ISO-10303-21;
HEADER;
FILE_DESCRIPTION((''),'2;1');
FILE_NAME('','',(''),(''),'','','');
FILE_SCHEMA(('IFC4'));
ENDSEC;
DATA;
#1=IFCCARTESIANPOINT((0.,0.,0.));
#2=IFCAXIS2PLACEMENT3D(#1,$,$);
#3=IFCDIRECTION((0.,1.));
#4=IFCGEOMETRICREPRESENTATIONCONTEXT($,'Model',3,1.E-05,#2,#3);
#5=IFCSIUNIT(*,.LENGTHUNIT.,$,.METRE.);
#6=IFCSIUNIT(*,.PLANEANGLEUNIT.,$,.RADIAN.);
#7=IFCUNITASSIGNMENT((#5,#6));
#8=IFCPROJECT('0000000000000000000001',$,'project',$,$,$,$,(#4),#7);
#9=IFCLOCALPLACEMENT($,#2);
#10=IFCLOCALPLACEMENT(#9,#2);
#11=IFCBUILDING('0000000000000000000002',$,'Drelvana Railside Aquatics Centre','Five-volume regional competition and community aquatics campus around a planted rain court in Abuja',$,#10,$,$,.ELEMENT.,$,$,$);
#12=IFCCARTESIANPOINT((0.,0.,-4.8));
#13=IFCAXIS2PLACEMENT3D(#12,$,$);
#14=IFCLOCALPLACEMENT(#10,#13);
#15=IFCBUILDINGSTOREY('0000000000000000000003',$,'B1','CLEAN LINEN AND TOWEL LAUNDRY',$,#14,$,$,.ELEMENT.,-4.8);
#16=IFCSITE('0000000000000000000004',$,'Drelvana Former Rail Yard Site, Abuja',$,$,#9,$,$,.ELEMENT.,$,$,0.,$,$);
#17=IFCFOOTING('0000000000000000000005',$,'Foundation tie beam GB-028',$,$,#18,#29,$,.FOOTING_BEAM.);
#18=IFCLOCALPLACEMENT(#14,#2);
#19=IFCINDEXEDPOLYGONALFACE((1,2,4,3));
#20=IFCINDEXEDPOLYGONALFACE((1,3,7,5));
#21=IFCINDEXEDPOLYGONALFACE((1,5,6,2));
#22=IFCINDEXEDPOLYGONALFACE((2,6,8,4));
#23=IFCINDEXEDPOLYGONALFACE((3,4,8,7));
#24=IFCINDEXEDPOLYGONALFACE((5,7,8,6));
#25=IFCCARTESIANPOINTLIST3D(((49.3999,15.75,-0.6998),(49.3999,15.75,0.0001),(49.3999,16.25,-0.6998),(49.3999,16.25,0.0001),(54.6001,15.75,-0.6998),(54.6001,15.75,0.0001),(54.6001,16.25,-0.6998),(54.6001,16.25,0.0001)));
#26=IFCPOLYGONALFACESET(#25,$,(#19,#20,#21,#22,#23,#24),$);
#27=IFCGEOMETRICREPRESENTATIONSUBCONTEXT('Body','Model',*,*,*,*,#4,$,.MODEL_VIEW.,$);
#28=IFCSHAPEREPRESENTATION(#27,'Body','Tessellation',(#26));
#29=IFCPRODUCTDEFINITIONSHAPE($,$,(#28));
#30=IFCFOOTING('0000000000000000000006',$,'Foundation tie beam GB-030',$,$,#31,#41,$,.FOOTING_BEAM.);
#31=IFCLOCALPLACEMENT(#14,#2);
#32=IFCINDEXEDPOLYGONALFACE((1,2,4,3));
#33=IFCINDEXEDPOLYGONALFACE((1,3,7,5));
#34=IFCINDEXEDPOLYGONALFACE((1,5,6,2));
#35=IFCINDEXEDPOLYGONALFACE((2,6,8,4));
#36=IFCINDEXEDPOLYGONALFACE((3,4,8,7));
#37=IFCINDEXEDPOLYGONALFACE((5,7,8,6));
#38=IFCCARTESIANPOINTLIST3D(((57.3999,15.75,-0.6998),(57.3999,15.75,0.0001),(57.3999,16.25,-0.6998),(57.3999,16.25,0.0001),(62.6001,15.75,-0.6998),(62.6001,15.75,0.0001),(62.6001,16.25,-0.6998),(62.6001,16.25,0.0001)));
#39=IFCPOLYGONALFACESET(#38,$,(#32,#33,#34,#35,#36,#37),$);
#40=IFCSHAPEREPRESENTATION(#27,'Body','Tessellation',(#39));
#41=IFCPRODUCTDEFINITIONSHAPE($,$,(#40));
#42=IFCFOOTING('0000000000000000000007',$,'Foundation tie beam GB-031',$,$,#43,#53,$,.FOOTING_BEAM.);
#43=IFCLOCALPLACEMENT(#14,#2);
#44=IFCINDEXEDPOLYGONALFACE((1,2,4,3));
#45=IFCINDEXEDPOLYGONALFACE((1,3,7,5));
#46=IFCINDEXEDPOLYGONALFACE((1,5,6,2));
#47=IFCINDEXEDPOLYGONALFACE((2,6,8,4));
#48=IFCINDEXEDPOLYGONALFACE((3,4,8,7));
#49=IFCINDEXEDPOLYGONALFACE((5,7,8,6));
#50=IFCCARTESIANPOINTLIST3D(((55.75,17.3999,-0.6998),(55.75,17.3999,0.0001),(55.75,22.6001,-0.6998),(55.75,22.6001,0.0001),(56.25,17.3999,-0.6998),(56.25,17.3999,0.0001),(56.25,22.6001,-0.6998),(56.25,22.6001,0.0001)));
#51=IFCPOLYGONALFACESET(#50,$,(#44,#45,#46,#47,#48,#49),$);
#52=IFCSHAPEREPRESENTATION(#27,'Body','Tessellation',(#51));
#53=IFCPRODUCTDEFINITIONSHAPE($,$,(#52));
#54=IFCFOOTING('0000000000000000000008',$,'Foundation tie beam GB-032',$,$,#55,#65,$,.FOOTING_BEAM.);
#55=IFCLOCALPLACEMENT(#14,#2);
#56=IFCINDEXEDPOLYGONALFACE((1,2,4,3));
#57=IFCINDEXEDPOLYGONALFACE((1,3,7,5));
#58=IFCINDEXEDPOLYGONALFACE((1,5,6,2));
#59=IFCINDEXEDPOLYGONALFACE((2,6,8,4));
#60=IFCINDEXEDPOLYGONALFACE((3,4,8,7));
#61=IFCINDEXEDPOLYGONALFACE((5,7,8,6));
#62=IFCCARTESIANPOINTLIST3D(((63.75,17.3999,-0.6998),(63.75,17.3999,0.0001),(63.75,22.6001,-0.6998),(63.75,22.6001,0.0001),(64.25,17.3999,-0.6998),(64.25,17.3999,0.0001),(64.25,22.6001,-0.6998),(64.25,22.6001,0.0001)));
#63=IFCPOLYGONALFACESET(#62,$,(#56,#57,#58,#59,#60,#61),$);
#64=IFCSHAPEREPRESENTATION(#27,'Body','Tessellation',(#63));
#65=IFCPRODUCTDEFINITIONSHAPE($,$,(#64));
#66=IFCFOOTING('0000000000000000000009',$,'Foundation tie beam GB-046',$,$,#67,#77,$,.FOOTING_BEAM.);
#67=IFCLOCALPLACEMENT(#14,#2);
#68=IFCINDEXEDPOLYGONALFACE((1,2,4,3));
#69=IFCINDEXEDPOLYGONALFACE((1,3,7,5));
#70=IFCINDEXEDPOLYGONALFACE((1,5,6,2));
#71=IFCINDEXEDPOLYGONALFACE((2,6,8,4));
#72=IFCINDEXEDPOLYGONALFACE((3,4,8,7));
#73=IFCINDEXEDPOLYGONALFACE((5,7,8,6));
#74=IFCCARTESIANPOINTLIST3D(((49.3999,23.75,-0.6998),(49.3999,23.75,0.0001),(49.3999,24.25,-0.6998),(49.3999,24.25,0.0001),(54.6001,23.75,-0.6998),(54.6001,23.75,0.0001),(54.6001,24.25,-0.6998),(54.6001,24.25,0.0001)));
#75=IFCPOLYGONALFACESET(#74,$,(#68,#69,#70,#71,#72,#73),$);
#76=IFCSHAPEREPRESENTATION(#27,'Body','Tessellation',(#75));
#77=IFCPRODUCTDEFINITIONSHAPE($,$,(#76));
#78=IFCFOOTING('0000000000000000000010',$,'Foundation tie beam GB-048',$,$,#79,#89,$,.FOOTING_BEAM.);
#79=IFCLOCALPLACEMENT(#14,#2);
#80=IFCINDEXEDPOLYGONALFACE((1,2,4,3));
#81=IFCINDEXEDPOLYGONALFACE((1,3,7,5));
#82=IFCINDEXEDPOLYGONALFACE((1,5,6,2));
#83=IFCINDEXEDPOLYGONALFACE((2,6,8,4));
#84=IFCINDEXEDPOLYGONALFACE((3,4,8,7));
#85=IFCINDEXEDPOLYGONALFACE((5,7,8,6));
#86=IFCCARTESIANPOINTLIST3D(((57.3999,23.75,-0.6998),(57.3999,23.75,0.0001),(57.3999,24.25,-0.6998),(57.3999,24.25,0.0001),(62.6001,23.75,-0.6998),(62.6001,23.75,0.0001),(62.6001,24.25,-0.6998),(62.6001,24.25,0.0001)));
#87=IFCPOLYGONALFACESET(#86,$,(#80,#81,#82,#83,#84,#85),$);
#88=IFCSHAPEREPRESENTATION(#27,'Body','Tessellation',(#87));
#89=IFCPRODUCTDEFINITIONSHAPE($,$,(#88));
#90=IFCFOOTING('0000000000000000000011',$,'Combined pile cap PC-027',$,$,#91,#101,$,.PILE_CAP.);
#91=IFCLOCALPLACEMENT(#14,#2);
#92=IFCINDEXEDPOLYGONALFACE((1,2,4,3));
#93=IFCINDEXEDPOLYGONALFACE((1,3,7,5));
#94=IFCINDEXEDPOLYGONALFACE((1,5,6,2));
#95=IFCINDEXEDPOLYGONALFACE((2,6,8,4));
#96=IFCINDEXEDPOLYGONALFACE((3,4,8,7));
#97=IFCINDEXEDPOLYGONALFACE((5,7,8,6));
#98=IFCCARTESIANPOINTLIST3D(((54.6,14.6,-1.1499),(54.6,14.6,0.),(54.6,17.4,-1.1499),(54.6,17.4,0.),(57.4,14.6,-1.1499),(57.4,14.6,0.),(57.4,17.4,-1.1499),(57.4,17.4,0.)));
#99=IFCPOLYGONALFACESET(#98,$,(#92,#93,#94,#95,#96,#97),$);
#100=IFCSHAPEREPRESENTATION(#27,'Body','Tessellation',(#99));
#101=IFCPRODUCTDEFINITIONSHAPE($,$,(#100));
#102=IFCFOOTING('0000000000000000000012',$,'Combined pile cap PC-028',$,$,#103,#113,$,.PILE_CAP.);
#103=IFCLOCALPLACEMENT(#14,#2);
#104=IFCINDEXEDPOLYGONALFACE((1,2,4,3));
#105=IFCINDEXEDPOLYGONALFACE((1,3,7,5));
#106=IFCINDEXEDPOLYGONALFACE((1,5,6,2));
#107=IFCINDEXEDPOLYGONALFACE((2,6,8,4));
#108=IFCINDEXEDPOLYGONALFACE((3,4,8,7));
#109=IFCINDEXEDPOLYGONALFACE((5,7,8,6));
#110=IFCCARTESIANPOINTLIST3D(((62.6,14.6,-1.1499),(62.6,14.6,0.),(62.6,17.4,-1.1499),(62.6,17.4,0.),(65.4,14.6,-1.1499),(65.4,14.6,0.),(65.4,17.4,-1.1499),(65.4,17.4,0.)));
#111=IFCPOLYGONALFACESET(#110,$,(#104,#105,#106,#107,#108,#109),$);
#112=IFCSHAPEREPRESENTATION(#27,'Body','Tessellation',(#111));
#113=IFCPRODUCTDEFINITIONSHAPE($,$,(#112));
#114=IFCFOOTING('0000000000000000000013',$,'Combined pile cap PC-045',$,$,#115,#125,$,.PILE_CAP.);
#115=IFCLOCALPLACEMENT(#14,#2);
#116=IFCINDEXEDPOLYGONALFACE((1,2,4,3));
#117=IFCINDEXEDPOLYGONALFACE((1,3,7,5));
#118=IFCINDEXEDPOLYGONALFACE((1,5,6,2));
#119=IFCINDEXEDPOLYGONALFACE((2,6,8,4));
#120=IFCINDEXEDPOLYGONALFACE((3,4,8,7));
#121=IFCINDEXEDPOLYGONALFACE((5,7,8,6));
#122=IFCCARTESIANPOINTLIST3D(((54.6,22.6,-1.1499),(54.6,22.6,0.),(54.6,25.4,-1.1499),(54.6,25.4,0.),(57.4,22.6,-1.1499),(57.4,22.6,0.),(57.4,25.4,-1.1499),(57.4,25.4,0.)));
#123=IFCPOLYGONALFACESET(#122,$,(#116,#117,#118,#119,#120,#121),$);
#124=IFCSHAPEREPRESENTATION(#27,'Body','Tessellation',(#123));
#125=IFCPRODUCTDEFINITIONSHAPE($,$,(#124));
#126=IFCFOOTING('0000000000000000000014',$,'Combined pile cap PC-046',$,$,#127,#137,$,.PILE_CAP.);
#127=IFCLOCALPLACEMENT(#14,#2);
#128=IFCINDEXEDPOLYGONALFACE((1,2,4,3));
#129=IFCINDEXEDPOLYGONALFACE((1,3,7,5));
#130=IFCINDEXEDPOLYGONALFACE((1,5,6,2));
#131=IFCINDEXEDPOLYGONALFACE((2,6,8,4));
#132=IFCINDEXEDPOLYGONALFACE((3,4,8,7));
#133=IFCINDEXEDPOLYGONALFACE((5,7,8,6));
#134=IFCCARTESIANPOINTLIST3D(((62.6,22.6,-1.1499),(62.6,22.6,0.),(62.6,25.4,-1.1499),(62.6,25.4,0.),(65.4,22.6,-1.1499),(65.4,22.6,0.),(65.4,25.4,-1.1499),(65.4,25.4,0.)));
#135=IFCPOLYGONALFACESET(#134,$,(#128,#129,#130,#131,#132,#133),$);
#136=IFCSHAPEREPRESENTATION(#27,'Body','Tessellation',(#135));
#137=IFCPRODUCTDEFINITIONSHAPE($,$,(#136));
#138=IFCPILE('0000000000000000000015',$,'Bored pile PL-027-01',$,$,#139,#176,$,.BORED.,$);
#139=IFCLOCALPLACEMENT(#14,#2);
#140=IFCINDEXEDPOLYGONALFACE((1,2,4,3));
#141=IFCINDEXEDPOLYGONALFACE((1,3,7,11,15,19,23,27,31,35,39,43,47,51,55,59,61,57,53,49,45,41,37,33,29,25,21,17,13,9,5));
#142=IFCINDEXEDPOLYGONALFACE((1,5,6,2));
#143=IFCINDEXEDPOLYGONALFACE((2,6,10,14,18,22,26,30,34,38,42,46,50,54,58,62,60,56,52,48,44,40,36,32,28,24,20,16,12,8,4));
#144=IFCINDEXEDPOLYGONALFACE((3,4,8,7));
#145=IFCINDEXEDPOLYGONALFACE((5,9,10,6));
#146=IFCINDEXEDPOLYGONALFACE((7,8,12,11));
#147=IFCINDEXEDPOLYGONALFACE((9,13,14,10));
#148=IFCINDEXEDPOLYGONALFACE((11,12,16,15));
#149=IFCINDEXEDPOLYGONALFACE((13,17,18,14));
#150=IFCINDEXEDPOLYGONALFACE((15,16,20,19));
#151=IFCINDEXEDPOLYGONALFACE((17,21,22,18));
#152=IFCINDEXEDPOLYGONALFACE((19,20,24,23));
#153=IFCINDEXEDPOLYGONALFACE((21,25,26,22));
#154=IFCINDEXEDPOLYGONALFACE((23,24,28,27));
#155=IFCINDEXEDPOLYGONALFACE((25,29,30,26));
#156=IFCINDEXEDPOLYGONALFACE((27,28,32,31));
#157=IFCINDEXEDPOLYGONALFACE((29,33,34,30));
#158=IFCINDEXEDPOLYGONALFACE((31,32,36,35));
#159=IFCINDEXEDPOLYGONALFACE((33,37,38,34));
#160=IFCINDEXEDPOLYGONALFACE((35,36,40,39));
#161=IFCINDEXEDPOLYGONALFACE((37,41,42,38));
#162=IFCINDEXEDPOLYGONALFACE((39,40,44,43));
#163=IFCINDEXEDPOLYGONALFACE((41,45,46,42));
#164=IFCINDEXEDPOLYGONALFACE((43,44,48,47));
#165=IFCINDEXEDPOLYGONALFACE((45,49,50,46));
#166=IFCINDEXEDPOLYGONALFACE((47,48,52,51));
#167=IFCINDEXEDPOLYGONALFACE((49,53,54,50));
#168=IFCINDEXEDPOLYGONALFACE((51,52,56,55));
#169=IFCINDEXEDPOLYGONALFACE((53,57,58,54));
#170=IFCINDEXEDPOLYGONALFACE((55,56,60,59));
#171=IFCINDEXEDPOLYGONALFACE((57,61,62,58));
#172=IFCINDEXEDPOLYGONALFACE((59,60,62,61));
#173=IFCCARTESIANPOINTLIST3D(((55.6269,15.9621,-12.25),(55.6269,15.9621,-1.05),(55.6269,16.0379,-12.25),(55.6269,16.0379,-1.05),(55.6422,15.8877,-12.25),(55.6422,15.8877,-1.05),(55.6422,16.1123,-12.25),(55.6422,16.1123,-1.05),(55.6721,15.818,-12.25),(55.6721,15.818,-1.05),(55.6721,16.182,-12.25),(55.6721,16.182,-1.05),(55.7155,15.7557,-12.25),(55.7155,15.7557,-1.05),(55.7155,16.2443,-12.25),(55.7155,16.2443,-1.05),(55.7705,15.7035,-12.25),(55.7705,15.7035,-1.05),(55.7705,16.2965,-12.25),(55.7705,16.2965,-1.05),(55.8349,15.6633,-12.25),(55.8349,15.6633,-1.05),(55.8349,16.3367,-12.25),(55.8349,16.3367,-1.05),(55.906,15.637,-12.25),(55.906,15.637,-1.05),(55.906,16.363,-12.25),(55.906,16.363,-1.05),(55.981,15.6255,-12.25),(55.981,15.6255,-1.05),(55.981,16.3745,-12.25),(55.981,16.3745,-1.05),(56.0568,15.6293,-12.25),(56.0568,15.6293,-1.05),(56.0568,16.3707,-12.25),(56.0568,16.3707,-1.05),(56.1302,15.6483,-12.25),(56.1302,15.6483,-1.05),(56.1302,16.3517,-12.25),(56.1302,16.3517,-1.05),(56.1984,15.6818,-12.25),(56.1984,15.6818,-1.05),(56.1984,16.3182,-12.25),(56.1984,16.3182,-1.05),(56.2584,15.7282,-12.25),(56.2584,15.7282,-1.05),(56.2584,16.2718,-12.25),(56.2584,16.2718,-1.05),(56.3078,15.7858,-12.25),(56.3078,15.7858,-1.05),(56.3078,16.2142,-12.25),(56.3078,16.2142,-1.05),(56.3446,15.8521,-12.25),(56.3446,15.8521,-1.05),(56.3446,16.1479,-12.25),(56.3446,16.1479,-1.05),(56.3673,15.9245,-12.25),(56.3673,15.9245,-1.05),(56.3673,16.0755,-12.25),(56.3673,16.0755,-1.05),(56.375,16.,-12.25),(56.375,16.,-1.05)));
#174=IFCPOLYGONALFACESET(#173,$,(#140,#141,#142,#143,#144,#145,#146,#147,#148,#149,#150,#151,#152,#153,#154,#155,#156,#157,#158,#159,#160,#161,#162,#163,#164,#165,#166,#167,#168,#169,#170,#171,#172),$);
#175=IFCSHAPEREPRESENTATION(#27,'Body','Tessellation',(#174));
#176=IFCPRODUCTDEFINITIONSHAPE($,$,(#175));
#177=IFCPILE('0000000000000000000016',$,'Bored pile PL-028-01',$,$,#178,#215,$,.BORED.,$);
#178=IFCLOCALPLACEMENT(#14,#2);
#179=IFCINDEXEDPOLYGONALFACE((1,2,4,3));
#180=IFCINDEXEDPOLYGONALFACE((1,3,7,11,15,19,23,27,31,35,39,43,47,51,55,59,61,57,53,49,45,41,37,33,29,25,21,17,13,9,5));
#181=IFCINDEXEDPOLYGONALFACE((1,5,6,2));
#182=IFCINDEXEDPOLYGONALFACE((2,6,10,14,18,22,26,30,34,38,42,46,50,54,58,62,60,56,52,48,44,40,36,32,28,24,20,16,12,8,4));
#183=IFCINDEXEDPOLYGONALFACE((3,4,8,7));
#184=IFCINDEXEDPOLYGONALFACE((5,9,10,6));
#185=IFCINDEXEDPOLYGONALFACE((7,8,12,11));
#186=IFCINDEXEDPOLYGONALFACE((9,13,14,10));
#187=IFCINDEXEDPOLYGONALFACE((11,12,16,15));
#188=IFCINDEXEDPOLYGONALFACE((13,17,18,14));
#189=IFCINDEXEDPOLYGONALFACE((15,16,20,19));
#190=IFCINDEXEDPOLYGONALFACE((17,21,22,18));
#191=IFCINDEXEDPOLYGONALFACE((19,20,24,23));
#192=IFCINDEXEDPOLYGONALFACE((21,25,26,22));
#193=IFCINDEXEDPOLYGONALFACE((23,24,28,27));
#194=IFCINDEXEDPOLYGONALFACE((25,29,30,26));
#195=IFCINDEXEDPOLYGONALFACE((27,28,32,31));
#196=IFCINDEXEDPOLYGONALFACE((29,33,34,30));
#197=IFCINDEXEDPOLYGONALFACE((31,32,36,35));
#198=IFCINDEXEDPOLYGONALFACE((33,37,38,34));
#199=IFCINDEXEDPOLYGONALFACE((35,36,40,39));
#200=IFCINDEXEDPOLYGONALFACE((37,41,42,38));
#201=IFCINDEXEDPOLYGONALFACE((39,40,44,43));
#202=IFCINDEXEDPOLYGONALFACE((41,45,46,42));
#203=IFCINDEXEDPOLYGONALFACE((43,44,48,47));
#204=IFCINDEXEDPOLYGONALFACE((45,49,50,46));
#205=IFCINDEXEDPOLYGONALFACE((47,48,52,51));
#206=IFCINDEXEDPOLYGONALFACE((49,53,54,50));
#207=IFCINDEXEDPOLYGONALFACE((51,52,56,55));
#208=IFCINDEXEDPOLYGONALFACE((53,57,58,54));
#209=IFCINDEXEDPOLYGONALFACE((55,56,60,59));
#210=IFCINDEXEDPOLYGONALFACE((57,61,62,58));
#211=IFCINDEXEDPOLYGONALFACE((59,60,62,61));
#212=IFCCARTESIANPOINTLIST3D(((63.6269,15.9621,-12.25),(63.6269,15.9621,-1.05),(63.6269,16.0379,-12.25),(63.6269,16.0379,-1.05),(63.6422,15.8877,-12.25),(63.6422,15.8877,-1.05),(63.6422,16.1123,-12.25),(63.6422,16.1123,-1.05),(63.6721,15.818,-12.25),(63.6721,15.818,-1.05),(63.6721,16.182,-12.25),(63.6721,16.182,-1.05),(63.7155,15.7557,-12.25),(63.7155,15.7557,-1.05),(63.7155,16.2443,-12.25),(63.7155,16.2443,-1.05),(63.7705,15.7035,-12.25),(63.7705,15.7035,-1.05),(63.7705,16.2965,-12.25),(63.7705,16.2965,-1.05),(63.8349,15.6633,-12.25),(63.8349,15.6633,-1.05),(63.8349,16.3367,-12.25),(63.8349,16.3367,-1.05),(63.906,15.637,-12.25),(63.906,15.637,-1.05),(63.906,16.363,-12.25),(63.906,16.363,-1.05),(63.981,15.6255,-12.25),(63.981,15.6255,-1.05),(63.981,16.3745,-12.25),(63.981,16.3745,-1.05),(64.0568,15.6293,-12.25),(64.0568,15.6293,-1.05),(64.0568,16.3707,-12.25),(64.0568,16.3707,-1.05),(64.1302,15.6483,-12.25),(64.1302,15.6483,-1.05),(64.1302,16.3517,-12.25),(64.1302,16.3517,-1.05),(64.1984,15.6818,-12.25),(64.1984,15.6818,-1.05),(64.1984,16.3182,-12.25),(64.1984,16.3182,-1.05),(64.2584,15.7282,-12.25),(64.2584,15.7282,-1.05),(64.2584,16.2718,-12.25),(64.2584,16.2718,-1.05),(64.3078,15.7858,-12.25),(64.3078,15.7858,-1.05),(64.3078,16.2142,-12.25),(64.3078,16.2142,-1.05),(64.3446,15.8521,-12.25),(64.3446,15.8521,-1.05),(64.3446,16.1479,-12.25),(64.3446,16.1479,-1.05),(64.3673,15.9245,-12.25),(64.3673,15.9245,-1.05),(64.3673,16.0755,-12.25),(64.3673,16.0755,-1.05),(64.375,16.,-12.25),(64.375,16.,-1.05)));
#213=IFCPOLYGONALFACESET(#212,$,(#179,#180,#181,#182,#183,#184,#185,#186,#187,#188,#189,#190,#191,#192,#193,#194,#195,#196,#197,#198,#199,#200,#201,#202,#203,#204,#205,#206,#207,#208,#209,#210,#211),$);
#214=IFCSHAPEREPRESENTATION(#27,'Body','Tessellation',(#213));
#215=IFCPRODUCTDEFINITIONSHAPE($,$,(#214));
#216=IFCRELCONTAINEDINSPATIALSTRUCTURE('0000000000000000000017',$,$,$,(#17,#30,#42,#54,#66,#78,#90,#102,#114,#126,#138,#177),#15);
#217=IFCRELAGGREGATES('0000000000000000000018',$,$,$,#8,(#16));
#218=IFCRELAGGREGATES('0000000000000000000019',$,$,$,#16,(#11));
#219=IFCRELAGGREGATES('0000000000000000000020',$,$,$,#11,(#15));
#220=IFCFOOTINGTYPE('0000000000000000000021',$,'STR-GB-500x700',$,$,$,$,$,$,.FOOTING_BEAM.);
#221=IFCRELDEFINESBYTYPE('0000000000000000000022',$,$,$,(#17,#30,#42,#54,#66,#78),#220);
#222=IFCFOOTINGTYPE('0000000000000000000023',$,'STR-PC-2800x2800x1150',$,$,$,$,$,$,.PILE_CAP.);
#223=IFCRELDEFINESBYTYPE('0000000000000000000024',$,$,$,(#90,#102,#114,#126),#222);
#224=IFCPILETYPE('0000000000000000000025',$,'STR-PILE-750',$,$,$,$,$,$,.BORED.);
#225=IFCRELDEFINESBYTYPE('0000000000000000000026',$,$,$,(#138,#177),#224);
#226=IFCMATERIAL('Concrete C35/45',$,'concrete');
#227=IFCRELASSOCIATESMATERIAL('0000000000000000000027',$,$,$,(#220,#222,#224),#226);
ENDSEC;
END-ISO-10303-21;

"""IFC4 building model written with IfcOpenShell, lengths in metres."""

from ifc_helpers import new_model, si_unit, direction, frame, origin, origin_2d, place, context, subcontext, project, spatial, rectangle, circle, extrude, material, material_profile, profile_set, type_object, element, save


model = new_model("IFC4")

# Units and contexts
model_context = context("Model", 3, precision=1e-05, world=origin(), true_north=direction((0.0, 1.0)))
body_context = subcontext(model_context, "Body", "Model", "MODEL_VIEW")
ifc_project = project(units=[si_unit("LENGTHUNIT", "METRE"), si_unit("PLANEANGLEUNIT", "RADIAN")], contexts=[model_context])

# Site, building, storey
site_placement = place(None, origin())
site = spatial("IfcSite", under=ifc_project, at=site_placement, Name="Drelvana Former Rail Yard Site, Abuja", CompositionType="ELEMENT", RefElevation=0.0)
building_placement = place(site_placement, origin())
building = spatial("IfcBuilding", under=site, at=building_placement, Name="Drelvana Railside Aquatics Centre", Description="Five-volume regional competition and community aquatics campus around a planted rain court in Abuja", CompositionType="ELEMENT")
storey_placement = place(building_placement, frame((0.0, 0.0, -4.8)))
storey = spatial("IfcBuildingStorey", under=building, at=storey_placement, Name="B1", Description="CLEAN LINEN AND TOWEL LAUNDRY", CompositionType="ELEMENT", Elevation=-4.8)

# Footings
ifc_material_1 = material(Name="Concrete C35/45", Category="concrete")
ifc_material_profile_1 = material_profile(ifc_material_1, rectangle(XDim=0.5, YDim=0.7, at=origin_2d()), Name="GB 500x700")
ifc_profile_set_1 = profile_set([ifc_material_profile_1], Name="Concrete C35/45")
footing_type_1 = type_object("IfcFootingType", Name="STR-GB-500x700", PredefinedType="FOOTING_BEAM", material=ifc_profile_set_1)
for number, where, z_axis, x_axis, name in (
    (1, (49.3999, 16.0, -0.3499), (1.0, 0.0, 0.0), (0.0, 1.0, 0.0), "Foundation tie beam GB-028"),
    (2, (57.3999, 16.0, -0.3499), (1.0, 0.0, 0.0), (0.0, 1.0, 0.0), "Foundation tie beam GB-030"),
    (3, (56.0, 17.3999, -0.3499), (0.0, 1.0, 0.0), (-1.0, 0.0, 0.0), "Foundation tie beam GB-031"),
    (4, (64.0, 17.3999, -0.3499), (0.0, 1.0, 0.0), (-1.0, 0.0, 0.0), "Foundation tie beam GB-032"),
    (5, (49.3999, 24.0, -0.3499), (1.0, 0.0, 0.0), (0.0, 1.0, 0.0), "Foundation tie beam GB-046"),
    (6, (57.3999, 24.0, -0.3499), (1.0, 0.0, 0.0), (0.0, 1.0, 0.0), "Foundation tie beam GB-048"),
):
    element("IfcFooting", number, at=place(storey_placement, frame(where, z_axis=z_axis, x_axis=x_axis)), inside=storey, type_object=footing_type_1, Name=name, PredefinedType="FOOTING_BEAM", context=body_context, shape_type="SweptSolid", body=[
        extrude(rectangle(XDim=0.5, YDim=0.7, at=origin_2d()), origin(), (0.0, 0.0, 1.0), 5.2002),
    ])
footing_type_2 = type_object("IfcFootingType", Name="STR-PC-2800x2800x1150", PredefinedType="PILE_CAP", material=ifc_material_1)
for number, where, z_axis, x_axis, name in (
    (7, (56.0, 16.0, -1.1499), (0.0, 0.0, 1.0), (1.0, 0.0, 0.0), "Combined pile cap PC-027"),
    (8, (64.0, 16.0, -1.1499), (0.0, 0.0, 1.0), (1.0, 0.0, 0.0), "Combined pile cap PC-028"),
    (9, (56.0, 24.0, -1.1499), (0.0, 0.0, 1.0), (1.0, 0.0, 0.0), "Combined pile cap PC-045"),
    (10, (64.0, 24.0, -1.1499), (0.0, 0.0, 1.0), (1.0, 0.0, 0.0), "Combined pile cap PC-046"),
):
    element("IfcFooting", number, at=place(storey_placement, frame(where, z_axis=z_axis, x_axis=x_axis)), inside=storey, type_object=footing_type_2, Name=name, PredefinedType="PILE_CAP", context=body_context, shape_type="SweptSolid", body=[
        extrude(rectangle(XDim=2.8, YDim=2.8, at=origin_2d()), origin(), (0.0, 0.0, 1.0), 1.1499),
    ])

# Piles
ifc_material_profile_2 = material_profile(ifc_material_1, circle(Radius=0.375, at=origin_2d()), Name="PILE D750")
ifc_profile_set_2 = profile_set([ifc_material_profile_2], Name="Concrete C35/45")
pile_type = type_object("IfcPileType", Name="STR-PILE-750", PredefinedType="BORED", material=ifc_profile_set_2)
for number, where, z_axis, x_axis, name in (
    (11, (56.0, 16.0, -1.05), (0.0, 0.0, -1.0), (1.0, 0.0, 0.0), "Bored pile PL-027-01"),
    (12, (64.0, 16.0, -1.05), (0.0, 0.0, -1.0), (1.0, 0.0, 0.0), "Bored pile PL-028-01"),
):
    element("IfcPile", number, at=place(storey_placement, frame(where, z_axis=z_axis, x_axis=x_axis)), inside=storey, type_object=pile_type, Name=name, PredefinedType="BORED", context=body_context, shape_type="SweptSolid", body=[
        extrude(circle(Radius=0.375, at=origin_2d()), origin(), (0.0, 0.0, 1.0), 11.2),
    ])

save(model, "model.ifc")
